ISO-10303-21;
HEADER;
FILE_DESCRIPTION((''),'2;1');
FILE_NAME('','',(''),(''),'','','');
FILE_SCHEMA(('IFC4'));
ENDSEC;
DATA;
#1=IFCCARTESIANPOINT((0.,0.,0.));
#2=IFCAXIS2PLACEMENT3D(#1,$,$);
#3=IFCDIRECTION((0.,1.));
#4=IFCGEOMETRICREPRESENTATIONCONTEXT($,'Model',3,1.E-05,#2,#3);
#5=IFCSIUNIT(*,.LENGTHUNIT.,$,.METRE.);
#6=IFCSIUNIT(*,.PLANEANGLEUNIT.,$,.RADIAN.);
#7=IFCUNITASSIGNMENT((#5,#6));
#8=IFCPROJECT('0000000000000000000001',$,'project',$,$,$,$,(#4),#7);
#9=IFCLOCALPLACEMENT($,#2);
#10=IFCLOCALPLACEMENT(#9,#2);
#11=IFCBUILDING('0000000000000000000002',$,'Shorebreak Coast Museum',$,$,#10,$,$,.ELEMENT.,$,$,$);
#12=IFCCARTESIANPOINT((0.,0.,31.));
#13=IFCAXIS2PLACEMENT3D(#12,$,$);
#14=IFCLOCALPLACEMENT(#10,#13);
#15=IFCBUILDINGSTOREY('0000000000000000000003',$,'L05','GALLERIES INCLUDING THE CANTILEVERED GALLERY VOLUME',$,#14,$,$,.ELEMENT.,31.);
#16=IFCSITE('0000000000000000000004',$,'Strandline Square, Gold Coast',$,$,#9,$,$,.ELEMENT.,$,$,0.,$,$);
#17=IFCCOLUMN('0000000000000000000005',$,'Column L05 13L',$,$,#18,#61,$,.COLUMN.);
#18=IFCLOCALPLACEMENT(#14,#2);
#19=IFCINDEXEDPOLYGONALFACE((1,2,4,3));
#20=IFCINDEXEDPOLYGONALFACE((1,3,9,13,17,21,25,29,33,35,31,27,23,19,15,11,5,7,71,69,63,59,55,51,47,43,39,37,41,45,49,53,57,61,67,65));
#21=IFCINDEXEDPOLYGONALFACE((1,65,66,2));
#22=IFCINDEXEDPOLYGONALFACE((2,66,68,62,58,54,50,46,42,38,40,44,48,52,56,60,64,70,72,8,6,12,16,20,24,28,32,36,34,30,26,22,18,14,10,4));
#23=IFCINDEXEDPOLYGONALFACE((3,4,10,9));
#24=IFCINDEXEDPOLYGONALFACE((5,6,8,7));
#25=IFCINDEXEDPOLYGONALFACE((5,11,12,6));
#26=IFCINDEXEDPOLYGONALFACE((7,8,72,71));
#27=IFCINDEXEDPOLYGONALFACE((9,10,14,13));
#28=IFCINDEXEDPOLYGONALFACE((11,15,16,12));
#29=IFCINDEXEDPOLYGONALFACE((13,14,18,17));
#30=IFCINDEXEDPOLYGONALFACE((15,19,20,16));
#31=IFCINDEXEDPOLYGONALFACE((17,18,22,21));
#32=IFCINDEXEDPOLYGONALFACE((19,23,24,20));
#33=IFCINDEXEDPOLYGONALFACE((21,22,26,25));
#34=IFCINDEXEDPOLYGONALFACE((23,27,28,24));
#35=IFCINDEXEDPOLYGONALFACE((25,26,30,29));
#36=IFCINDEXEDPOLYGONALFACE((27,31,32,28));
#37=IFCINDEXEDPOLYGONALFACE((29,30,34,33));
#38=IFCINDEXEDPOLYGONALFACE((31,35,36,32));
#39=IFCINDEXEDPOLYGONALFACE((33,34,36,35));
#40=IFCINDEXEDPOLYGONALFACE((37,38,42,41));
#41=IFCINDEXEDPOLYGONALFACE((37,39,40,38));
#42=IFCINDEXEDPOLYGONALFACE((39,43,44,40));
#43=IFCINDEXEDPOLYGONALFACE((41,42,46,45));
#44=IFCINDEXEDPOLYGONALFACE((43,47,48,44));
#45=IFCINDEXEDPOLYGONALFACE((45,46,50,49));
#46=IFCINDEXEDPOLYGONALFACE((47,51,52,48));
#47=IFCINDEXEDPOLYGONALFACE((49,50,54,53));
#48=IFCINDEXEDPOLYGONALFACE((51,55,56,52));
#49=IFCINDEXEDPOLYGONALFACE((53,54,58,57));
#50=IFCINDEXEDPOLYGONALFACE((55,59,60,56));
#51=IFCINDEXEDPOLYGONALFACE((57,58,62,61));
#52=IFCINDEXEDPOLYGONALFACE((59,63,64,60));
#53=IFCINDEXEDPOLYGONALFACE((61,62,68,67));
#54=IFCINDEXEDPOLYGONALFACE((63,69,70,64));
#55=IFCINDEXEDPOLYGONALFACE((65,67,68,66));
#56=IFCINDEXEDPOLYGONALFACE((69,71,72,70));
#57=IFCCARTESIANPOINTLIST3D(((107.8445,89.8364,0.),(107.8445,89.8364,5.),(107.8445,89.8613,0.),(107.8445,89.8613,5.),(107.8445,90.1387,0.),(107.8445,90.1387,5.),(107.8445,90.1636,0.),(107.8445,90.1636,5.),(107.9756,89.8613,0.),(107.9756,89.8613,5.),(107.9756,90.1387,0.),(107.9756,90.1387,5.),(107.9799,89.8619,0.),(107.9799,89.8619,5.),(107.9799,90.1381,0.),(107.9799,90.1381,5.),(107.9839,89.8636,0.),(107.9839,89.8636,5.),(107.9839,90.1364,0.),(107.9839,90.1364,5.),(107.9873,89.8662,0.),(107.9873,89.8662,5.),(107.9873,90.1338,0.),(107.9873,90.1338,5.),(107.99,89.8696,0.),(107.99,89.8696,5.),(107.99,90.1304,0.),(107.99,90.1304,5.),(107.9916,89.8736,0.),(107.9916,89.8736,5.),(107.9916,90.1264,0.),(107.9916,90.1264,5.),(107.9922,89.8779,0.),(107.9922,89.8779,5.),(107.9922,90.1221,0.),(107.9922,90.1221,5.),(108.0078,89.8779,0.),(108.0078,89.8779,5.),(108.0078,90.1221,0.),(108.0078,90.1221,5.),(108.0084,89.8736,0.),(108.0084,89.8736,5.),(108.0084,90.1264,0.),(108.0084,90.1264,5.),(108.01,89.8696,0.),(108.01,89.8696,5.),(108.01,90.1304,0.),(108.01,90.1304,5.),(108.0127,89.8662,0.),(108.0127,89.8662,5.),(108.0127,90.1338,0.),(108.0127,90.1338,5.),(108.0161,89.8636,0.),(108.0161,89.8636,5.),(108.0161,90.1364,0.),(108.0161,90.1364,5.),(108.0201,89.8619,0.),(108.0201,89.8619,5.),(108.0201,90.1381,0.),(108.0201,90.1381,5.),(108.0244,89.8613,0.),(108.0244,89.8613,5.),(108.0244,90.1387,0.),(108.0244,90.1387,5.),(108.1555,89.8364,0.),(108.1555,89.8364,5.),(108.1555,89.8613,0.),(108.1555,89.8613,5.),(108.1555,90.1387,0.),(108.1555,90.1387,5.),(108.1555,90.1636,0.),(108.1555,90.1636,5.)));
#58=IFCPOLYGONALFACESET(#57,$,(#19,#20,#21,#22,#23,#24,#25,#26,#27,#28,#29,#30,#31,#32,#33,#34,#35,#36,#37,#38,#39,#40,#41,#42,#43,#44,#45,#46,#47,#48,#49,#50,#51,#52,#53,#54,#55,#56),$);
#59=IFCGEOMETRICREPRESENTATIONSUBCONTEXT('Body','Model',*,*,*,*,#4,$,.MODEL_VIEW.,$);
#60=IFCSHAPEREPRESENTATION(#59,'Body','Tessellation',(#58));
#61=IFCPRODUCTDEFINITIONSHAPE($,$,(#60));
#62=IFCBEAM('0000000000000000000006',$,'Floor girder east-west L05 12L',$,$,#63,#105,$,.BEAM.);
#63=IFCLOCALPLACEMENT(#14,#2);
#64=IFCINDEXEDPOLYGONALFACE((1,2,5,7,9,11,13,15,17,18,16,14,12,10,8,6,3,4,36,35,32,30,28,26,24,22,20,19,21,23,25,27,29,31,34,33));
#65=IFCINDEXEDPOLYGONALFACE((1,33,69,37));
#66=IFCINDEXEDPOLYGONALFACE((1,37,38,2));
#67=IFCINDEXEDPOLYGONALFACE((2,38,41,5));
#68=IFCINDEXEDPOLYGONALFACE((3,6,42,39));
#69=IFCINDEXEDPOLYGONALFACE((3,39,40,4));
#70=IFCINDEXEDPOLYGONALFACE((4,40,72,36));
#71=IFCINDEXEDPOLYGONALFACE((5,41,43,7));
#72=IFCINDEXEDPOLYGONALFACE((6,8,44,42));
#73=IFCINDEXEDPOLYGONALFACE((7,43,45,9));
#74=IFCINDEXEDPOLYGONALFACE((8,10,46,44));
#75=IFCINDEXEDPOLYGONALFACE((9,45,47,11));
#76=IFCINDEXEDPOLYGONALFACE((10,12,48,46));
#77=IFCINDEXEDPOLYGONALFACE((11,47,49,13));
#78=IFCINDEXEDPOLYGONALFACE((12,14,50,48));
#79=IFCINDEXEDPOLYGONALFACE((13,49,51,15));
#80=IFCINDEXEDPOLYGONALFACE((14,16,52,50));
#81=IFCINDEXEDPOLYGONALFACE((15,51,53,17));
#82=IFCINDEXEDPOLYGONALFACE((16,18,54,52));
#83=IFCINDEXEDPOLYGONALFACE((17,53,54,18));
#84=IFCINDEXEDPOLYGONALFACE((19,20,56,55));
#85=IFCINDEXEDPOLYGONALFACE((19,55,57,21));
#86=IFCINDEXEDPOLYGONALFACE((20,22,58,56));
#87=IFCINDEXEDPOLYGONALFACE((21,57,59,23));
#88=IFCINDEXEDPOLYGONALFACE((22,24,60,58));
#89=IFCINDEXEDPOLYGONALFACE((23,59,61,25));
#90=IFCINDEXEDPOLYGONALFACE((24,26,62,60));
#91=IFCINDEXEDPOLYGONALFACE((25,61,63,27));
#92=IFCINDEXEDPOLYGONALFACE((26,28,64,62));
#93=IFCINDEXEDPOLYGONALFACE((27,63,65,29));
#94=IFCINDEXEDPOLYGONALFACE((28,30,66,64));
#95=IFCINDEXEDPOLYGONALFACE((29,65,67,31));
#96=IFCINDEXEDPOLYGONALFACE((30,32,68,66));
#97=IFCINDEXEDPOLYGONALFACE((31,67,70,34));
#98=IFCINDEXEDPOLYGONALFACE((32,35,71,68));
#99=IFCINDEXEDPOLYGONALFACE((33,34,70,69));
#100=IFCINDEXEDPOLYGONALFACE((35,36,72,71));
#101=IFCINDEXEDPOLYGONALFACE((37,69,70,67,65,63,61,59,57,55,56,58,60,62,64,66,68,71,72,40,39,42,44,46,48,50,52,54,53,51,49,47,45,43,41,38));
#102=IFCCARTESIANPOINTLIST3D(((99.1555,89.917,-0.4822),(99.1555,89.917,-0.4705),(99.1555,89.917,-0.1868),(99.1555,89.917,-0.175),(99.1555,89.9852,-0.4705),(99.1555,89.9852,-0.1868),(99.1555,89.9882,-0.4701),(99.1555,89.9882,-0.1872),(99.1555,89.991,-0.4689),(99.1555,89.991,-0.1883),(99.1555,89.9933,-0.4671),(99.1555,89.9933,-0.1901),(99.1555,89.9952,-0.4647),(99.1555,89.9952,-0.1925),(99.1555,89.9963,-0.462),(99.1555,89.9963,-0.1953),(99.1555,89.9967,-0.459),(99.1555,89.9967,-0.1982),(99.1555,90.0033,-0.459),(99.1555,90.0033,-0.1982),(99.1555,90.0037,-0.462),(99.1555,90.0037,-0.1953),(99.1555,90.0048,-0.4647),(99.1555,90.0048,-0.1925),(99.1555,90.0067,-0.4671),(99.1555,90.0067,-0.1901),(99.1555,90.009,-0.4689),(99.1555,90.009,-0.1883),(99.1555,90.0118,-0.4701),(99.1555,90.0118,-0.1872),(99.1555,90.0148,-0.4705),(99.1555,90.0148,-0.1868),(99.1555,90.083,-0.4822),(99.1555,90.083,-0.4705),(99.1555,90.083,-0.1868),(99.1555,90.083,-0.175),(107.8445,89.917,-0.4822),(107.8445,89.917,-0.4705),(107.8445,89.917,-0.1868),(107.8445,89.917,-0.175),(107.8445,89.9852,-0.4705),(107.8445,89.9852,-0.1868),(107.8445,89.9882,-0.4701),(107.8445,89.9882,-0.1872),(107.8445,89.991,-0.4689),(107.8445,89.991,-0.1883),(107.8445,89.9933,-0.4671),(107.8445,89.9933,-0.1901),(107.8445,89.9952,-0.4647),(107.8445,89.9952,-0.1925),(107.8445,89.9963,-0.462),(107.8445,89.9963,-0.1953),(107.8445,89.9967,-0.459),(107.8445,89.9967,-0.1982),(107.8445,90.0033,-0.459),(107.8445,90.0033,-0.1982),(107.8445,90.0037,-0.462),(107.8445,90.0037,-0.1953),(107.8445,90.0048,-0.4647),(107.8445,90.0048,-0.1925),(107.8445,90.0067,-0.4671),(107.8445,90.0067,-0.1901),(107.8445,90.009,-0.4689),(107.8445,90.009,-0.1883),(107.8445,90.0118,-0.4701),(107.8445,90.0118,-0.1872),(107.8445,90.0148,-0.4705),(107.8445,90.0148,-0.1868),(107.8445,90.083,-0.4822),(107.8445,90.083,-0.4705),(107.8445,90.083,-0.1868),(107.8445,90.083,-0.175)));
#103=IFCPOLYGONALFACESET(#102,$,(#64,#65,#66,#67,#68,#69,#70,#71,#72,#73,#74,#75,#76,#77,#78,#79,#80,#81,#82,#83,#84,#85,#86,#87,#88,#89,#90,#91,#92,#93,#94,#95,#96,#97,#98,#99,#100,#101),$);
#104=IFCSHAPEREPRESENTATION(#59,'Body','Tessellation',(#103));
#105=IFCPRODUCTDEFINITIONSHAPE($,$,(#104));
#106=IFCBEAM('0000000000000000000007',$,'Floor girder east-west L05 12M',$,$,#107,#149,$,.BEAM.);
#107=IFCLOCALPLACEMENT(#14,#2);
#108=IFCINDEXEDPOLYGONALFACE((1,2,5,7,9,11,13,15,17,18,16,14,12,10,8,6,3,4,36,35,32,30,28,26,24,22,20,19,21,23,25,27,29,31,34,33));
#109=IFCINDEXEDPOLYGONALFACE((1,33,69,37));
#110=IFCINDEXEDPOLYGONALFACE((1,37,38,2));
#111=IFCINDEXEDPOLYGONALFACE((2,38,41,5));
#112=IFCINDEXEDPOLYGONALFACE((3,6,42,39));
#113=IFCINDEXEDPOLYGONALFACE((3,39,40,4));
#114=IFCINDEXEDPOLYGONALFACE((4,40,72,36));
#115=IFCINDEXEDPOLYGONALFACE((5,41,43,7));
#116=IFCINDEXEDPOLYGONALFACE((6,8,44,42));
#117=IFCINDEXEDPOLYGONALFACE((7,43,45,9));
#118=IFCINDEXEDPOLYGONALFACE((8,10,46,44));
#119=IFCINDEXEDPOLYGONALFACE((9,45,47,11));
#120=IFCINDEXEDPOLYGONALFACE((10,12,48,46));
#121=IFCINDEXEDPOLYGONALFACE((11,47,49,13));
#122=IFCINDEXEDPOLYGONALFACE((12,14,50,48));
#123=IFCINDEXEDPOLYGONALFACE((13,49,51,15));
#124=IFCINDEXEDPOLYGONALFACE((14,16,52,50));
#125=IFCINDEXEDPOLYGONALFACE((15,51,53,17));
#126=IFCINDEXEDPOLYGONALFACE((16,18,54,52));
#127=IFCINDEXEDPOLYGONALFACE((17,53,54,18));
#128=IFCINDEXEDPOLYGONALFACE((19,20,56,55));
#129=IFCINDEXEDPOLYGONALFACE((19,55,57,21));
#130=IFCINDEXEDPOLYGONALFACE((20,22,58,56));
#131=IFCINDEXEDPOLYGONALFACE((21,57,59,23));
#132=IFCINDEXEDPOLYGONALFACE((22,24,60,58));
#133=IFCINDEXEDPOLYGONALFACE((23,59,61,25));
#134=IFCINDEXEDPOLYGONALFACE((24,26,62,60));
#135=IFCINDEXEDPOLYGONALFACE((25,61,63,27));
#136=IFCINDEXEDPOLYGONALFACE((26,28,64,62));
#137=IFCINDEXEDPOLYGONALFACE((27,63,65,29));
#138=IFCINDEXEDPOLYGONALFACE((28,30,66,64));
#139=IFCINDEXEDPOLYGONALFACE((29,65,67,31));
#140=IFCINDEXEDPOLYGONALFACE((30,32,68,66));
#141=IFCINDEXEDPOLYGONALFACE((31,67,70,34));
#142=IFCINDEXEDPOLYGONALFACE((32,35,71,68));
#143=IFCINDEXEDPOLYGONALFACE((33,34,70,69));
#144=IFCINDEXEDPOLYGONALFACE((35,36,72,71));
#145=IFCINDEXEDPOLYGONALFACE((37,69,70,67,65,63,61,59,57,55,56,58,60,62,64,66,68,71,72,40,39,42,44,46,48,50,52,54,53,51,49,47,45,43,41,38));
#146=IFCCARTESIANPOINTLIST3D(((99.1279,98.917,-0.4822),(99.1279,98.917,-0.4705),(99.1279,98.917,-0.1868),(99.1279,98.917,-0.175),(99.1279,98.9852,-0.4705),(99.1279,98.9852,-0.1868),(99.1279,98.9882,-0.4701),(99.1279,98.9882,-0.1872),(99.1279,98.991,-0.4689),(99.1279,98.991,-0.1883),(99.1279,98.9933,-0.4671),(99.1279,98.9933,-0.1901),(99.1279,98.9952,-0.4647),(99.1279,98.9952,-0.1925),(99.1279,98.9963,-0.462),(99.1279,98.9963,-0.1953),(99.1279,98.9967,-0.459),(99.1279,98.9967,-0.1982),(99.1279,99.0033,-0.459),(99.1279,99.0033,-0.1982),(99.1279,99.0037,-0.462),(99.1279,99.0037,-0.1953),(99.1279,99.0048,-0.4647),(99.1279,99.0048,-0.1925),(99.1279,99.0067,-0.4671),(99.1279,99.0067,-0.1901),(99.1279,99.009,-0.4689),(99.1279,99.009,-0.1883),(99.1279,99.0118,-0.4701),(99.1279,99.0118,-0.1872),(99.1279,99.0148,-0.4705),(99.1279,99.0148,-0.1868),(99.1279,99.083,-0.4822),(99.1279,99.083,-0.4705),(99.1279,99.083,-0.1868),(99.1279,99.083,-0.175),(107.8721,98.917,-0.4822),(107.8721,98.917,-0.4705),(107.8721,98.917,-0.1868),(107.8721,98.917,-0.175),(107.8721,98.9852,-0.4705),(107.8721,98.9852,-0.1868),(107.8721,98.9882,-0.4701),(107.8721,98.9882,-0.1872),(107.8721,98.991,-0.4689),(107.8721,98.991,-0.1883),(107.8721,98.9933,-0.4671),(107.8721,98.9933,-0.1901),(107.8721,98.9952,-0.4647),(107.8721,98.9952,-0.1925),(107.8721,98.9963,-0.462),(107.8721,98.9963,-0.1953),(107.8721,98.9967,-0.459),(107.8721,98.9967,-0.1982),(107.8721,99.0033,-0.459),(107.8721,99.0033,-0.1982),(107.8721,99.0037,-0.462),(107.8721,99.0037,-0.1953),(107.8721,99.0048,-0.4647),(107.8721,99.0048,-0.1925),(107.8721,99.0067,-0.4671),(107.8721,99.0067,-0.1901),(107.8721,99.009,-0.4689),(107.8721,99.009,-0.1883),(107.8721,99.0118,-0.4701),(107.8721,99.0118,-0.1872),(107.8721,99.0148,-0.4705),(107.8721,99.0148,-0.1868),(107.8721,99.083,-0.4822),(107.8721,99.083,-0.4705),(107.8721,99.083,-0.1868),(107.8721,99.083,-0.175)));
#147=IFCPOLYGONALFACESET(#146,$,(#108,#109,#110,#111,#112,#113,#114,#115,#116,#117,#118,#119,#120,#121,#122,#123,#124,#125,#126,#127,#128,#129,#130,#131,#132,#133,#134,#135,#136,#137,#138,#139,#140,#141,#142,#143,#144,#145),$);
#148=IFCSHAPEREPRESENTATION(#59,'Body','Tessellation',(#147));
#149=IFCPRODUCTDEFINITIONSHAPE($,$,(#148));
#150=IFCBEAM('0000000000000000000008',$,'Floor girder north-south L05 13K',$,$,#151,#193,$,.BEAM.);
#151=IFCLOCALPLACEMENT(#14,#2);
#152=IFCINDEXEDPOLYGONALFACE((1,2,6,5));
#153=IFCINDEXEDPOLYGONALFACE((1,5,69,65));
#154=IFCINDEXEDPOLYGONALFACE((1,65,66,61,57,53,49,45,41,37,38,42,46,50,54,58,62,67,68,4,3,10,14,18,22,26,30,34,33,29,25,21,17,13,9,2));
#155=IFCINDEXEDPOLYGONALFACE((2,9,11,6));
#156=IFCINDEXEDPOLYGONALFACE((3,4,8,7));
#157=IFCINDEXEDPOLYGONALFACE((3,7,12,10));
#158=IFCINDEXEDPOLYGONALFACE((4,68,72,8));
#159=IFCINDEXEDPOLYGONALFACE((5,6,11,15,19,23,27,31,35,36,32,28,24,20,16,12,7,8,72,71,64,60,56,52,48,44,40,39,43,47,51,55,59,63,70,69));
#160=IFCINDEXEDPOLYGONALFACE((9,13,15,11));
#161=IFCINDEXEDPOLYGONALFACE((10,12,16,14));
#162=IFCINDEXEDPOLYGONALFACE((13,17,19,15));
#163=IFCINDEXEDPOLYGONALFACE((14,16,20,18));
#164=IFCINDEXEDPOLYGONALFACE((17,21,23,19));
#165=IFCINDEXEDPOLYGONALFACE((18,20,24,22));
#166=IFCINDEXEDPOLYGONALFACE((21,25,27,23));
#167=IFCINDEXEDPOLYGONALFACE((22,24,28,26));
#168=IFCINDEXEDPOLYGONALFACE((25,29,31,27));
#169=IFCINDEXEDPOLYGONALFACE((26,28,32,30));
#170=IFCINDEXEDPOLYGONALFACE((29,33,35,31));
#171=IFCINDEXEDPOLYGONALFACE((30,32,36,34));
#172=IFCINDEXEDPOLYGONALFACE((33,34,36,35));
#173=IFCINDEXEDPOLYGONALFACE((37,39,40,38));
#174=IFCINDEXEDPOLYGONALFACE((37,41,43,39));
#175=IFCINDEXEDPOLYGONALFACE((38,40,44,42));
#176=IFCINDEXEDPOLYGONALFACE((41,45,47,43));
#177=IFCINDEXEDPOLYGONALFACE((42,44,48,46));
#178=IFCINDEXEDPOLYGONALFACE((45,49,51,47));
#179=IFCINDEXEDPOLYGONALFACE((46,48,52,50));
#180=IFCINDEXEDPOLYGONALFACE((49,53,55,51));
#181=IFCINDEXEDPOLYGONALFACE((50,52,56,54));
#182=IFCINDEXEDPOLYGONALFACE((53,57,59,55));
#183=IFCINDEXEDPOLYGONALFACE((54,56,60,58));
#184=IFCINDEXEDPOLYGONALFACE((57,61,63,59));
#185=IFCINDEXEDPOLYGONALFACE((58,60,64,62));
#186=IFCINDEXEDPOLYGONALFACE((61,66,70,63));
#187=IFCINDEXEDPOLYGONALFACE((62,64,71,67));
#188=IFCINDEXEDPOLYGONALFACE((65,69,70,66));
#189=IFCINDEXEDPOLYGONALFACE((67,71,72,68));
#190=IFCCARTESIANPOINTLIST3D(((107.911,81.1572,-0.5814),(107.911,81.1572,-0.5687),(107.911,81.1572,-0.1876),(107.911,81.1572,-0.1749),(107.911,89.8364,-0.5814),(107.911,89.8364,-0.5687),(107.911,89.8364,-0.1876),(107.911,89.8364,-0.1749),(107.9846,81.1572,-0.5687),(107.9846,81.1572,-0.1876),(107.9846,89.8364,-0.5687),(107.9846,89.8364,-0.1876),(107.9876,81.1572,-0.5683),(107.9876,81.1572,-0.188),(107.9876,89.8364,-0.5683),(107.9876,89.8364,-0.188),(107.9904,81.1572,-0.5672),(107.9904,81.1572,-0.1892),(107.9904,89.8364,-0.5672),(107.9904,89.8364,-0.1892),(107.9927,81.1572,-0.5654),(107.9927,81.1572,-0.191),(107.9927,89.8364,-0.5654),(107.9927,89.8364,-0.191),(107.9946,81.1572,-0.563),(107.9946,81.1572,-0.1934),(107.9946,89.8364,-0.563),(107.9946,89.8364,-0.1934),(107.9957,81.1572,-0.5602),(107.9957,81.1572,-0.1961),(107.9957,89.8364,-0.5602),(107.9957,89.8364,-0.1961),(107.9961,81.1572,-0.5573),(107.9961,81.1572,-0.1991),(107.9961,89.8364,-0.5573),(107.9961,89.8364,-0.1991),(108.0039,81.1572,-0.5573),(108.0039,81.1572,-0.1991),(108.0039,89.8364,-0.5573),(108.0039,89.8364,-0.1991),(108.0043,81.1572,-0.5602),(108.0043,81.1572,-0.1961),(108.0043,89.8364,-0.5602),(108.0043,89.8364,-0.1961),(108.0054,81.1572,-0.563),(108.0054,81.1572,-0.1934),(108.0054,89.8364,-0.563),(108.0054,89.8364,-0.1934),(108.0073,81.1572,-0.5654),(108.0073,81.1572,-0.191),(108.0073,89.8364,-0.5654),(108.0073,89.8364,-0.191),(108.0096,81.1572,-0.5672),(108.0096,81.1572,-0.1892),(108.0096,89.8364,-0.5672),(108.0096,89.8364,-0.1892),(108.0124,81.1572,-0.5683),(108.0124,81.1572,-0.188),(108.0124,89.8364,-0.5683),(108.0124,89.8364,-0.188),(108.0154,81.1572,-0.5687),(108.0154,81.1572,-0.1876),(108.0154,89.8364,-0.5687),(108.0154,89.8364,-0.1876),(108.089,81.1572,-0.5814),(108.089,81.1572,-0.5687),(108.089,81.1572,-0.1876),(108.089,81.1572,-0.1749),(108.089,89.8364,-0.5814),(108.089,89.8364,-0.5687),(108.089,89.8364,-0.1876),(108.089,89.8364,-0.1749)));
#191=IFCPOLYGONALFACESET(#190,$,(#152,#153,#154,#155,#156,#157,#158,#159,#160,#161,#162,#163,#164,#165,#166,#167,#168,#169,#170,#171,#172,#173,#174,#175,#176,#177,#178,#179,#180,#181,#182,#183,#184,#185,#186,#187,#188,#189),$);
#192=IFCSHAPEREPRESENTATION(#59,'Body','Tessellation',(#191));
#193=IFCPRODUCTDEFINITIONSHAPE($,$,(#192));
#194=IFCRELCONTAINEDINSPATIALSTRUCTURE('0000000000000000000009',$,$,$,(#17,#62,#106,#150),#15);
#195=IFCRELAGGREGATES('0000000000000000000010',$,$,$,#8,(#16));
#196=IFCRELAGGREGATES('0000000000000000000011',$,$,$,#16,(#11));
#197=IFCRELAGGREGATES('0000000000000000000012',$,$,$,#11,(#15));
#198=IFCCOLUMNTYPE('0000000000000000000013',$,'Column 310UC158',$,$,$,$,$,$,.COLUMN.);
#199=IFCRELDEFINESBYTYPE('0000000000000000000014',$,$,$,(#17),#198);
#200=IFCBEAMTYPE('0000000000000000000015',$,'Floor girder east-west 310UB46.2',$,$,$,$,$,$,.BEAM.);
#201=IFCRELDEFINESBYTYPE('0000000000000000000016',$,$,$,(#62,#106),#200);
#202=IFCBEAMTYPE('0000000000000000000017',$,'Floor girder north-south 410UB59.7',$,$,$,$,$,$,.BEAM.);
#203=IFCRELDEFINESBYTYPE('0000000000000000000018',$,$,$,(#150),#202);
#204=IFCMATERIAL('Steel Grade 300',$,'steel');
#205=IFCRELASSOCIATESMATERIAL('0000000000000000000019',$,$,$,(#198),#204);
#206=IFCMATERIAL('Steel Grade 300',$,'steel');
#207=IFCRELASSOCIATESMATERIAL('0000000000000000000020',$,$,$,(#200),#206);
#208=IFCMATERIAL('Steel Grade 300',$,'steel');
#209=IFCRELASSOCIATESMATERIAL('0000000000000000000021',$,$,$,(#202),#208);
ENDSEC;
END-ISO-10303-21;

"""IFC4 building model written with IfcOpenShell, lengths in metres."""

from ifc_helpers import new_model, si_unit, direction, frame, origin, origin_2d, place, context, subcontext, project, spatial, i_section, extrude, material, material_profile, profile_set, type_object, element, save


model = new_model("IFC4")

# Units and contexts
model_context = context("Model", 3, precision=1e-05, world=origin(), true_north=direction((0.0, 1.0)))
body_context = subcontext(model_context, "Body", "Model", "MODEL_VIEW")
ifc_project = project(units=[si_unit("LENGTHUNIT", "METRE"), si_unit("PLANEANGLEUNIT", "RADIAN")], contexts=[model_context])

# Site, building, storey
site_placement = place(None, origin())
site = spatial("IfcSite", under=ifc_project, at=site_placement, Name="Strandline Square, Gold Coast", CompositionType="ELEMENT", RefElevation=0.0)
building_placement = place(site_placement, origin())
building = spatial("IfcBuilding", under=site, at=building_placement, Name="Shorebreak Coast Museum", CompositionType="ELEMENT")
storey_placement = place(building_placement, frame((0.0, 0.0, 31.0)))
storey = spatial("IfcBuildingStorey", under=building, at=storey_placement, Name="L05", Description="GALLERIES INCLUDING THE CANTILEVERED GALLERY VOLUME", CompositionType="ELEMENT", Elevation=31.0)

# Column
ifc_material_1 = material(Name="Steel Grade 300", Category="steel")
ifc_material_profile_1 = material_profile(ifc_material_1, i_section(OverallWidth=0.311, OverallDepth=0.3271, WebThickness=0.0156, FlangeThickness=0.0249, FilletRadius=0.0166, at=origin_2d()), Name="310UC158")
ifc_profile_set_1 = profile_set([ifc_material_profile_1], Name="Steel Grade 300")
column_type = type_object("IfcColumnType", Name="Column 310UC158", PredefinedType="COLUMN", material=ifc_profile_set_1)
column_placement = place(storey_placement, frame((108.0, 90.0, 0.0), z_axis=(0.0, 0.0, 1.0), x_axis=(1.0, 0.0, 0.0)))
element("IfcColumn", 1, at=column_placement, inside=storey, type_object=column_type, Name="Column L05 13L", PredefinedType="COLUMN", context=body_context, shape_type="SweptSolid", body=[
    extrude(i_section(OverallWidth=0.311, OverallDepth=0.3271, WebThickness=0.0156, FlangeThickness=0.0249, FilletRadius=0.0166, at=origin_2d()), origin(), (0.0, 0.0, 1.0), 5.0),
])

# Beams
ifc_material_2 = material(Name="Steel Grade 300", Category="steel")
ifc_material_profile_2 = material_profile(ifc_material_2, i_section(OverallWidth=0.166, OverallDepth=0.3071, WebThickness=0.0066, FlangeThickness=0.0117, FilletRadius=0.0115, at=origin_2d()), Name="310UB46.2")
ifc_profile_set_2 = profile_set([ifc_material_profile_2], Name="Steel Grade 300")
beam_type_1 = type_object("IfcBeamType", Name="Floor girder east-west 310UB46.2", PredefinedType="BEAM", material=ifc_profile_set_2)
beam_1_placement = place(storey_placement, frame((99.1555, 90.0, -0.3286), z_axis=(1.0, 0.0, 0.0), x_axis=(0.0, 1.0, 0.0)))
element("IfcBeam", 2, at=beam_1_placement, inside=storey, type_object=beam_type_1, Name="Floor girder east-west L05 12L", PredefinedType="BEAM", context=body_context, shape_type="SweptSolid", body=[
    extrude(i_section(OverallWidth=0.166, OverallDepth=0.3071, WebThickness=0.0066, FlangeThickness=0.0117, FilletRadius=0.0115, at=origin_2d()), origin(), (0.0, 0.0, 1.0), 8.689),
])
beam_2_placement = place(storey_placement, frame((99.1279, 99.0, -0.3286), z_axis=(1.0, 0.0, 0.0), x_axis=(0.0, 1.0, 0.0)))
element("IfcBeam", 3, at=beam_2_placement, inside=storey, type_object=beam_type_1, Name="Floor girder east-west L05 12M", PredefinedType="BEAM", context=body_context, shape_type="SweptSolid", body=[
    extrude(i_section(OverallWidth=0.166, OverallDepth=0.3071, WebThickness=0.0066, FlangeThickness=0.0117, FilletRadius=0.0115, at=origin_2d()), origin(), (0.0, 0.0, 1.0), 8.7441),
])
ifc_material_3 = material(Name="Steel Grade 300", Category="steel")
ifc_material_profile_3 = material_profile(ifc_material_3, i_section(OverallWidth=0.178, OverallDepth=0.4065, WebThickness=0.0078, FlangeThickness=0.0127, FilletRadius=0.0115, at=origin_2d()), Name="410UB59.7")
ifc_profile_set_3 = profile_set([ifc_material_profile_3], Name="Steel Grade 300")
beam_type_2 = type_object("IfcBeamType", Name="Floor girder north-south 410UB59.7", PredefinedType="BEAM", material=ifc_profile_set_3)
beam_3_placement = place(storey_placement, frame((108.0, 81.1572, -0.3782), z_axis=(0.0, 1.0, 0.0), x_axis=(-1.0, 0.0, 0.0)))
element("IfcBeam", 4, at=beam_3_placement, inside=storey, type_object=beam_type_2, Name="Floor girder north-south L05 13K", PredefinedType="BEAM", context=body_context, shape_type="SweptSolid", body=[
    extrude(i_section(OverallWidth=0.178, OverallDepth=0.4065, WebThickness=0.0078, FlangeThickness=0.0127, FilletRadius=0.0115, at=origin_2d()), origin(), (0.0, 0.0, 1.0), 8.6792),
])

save(model, "model.ifc")
